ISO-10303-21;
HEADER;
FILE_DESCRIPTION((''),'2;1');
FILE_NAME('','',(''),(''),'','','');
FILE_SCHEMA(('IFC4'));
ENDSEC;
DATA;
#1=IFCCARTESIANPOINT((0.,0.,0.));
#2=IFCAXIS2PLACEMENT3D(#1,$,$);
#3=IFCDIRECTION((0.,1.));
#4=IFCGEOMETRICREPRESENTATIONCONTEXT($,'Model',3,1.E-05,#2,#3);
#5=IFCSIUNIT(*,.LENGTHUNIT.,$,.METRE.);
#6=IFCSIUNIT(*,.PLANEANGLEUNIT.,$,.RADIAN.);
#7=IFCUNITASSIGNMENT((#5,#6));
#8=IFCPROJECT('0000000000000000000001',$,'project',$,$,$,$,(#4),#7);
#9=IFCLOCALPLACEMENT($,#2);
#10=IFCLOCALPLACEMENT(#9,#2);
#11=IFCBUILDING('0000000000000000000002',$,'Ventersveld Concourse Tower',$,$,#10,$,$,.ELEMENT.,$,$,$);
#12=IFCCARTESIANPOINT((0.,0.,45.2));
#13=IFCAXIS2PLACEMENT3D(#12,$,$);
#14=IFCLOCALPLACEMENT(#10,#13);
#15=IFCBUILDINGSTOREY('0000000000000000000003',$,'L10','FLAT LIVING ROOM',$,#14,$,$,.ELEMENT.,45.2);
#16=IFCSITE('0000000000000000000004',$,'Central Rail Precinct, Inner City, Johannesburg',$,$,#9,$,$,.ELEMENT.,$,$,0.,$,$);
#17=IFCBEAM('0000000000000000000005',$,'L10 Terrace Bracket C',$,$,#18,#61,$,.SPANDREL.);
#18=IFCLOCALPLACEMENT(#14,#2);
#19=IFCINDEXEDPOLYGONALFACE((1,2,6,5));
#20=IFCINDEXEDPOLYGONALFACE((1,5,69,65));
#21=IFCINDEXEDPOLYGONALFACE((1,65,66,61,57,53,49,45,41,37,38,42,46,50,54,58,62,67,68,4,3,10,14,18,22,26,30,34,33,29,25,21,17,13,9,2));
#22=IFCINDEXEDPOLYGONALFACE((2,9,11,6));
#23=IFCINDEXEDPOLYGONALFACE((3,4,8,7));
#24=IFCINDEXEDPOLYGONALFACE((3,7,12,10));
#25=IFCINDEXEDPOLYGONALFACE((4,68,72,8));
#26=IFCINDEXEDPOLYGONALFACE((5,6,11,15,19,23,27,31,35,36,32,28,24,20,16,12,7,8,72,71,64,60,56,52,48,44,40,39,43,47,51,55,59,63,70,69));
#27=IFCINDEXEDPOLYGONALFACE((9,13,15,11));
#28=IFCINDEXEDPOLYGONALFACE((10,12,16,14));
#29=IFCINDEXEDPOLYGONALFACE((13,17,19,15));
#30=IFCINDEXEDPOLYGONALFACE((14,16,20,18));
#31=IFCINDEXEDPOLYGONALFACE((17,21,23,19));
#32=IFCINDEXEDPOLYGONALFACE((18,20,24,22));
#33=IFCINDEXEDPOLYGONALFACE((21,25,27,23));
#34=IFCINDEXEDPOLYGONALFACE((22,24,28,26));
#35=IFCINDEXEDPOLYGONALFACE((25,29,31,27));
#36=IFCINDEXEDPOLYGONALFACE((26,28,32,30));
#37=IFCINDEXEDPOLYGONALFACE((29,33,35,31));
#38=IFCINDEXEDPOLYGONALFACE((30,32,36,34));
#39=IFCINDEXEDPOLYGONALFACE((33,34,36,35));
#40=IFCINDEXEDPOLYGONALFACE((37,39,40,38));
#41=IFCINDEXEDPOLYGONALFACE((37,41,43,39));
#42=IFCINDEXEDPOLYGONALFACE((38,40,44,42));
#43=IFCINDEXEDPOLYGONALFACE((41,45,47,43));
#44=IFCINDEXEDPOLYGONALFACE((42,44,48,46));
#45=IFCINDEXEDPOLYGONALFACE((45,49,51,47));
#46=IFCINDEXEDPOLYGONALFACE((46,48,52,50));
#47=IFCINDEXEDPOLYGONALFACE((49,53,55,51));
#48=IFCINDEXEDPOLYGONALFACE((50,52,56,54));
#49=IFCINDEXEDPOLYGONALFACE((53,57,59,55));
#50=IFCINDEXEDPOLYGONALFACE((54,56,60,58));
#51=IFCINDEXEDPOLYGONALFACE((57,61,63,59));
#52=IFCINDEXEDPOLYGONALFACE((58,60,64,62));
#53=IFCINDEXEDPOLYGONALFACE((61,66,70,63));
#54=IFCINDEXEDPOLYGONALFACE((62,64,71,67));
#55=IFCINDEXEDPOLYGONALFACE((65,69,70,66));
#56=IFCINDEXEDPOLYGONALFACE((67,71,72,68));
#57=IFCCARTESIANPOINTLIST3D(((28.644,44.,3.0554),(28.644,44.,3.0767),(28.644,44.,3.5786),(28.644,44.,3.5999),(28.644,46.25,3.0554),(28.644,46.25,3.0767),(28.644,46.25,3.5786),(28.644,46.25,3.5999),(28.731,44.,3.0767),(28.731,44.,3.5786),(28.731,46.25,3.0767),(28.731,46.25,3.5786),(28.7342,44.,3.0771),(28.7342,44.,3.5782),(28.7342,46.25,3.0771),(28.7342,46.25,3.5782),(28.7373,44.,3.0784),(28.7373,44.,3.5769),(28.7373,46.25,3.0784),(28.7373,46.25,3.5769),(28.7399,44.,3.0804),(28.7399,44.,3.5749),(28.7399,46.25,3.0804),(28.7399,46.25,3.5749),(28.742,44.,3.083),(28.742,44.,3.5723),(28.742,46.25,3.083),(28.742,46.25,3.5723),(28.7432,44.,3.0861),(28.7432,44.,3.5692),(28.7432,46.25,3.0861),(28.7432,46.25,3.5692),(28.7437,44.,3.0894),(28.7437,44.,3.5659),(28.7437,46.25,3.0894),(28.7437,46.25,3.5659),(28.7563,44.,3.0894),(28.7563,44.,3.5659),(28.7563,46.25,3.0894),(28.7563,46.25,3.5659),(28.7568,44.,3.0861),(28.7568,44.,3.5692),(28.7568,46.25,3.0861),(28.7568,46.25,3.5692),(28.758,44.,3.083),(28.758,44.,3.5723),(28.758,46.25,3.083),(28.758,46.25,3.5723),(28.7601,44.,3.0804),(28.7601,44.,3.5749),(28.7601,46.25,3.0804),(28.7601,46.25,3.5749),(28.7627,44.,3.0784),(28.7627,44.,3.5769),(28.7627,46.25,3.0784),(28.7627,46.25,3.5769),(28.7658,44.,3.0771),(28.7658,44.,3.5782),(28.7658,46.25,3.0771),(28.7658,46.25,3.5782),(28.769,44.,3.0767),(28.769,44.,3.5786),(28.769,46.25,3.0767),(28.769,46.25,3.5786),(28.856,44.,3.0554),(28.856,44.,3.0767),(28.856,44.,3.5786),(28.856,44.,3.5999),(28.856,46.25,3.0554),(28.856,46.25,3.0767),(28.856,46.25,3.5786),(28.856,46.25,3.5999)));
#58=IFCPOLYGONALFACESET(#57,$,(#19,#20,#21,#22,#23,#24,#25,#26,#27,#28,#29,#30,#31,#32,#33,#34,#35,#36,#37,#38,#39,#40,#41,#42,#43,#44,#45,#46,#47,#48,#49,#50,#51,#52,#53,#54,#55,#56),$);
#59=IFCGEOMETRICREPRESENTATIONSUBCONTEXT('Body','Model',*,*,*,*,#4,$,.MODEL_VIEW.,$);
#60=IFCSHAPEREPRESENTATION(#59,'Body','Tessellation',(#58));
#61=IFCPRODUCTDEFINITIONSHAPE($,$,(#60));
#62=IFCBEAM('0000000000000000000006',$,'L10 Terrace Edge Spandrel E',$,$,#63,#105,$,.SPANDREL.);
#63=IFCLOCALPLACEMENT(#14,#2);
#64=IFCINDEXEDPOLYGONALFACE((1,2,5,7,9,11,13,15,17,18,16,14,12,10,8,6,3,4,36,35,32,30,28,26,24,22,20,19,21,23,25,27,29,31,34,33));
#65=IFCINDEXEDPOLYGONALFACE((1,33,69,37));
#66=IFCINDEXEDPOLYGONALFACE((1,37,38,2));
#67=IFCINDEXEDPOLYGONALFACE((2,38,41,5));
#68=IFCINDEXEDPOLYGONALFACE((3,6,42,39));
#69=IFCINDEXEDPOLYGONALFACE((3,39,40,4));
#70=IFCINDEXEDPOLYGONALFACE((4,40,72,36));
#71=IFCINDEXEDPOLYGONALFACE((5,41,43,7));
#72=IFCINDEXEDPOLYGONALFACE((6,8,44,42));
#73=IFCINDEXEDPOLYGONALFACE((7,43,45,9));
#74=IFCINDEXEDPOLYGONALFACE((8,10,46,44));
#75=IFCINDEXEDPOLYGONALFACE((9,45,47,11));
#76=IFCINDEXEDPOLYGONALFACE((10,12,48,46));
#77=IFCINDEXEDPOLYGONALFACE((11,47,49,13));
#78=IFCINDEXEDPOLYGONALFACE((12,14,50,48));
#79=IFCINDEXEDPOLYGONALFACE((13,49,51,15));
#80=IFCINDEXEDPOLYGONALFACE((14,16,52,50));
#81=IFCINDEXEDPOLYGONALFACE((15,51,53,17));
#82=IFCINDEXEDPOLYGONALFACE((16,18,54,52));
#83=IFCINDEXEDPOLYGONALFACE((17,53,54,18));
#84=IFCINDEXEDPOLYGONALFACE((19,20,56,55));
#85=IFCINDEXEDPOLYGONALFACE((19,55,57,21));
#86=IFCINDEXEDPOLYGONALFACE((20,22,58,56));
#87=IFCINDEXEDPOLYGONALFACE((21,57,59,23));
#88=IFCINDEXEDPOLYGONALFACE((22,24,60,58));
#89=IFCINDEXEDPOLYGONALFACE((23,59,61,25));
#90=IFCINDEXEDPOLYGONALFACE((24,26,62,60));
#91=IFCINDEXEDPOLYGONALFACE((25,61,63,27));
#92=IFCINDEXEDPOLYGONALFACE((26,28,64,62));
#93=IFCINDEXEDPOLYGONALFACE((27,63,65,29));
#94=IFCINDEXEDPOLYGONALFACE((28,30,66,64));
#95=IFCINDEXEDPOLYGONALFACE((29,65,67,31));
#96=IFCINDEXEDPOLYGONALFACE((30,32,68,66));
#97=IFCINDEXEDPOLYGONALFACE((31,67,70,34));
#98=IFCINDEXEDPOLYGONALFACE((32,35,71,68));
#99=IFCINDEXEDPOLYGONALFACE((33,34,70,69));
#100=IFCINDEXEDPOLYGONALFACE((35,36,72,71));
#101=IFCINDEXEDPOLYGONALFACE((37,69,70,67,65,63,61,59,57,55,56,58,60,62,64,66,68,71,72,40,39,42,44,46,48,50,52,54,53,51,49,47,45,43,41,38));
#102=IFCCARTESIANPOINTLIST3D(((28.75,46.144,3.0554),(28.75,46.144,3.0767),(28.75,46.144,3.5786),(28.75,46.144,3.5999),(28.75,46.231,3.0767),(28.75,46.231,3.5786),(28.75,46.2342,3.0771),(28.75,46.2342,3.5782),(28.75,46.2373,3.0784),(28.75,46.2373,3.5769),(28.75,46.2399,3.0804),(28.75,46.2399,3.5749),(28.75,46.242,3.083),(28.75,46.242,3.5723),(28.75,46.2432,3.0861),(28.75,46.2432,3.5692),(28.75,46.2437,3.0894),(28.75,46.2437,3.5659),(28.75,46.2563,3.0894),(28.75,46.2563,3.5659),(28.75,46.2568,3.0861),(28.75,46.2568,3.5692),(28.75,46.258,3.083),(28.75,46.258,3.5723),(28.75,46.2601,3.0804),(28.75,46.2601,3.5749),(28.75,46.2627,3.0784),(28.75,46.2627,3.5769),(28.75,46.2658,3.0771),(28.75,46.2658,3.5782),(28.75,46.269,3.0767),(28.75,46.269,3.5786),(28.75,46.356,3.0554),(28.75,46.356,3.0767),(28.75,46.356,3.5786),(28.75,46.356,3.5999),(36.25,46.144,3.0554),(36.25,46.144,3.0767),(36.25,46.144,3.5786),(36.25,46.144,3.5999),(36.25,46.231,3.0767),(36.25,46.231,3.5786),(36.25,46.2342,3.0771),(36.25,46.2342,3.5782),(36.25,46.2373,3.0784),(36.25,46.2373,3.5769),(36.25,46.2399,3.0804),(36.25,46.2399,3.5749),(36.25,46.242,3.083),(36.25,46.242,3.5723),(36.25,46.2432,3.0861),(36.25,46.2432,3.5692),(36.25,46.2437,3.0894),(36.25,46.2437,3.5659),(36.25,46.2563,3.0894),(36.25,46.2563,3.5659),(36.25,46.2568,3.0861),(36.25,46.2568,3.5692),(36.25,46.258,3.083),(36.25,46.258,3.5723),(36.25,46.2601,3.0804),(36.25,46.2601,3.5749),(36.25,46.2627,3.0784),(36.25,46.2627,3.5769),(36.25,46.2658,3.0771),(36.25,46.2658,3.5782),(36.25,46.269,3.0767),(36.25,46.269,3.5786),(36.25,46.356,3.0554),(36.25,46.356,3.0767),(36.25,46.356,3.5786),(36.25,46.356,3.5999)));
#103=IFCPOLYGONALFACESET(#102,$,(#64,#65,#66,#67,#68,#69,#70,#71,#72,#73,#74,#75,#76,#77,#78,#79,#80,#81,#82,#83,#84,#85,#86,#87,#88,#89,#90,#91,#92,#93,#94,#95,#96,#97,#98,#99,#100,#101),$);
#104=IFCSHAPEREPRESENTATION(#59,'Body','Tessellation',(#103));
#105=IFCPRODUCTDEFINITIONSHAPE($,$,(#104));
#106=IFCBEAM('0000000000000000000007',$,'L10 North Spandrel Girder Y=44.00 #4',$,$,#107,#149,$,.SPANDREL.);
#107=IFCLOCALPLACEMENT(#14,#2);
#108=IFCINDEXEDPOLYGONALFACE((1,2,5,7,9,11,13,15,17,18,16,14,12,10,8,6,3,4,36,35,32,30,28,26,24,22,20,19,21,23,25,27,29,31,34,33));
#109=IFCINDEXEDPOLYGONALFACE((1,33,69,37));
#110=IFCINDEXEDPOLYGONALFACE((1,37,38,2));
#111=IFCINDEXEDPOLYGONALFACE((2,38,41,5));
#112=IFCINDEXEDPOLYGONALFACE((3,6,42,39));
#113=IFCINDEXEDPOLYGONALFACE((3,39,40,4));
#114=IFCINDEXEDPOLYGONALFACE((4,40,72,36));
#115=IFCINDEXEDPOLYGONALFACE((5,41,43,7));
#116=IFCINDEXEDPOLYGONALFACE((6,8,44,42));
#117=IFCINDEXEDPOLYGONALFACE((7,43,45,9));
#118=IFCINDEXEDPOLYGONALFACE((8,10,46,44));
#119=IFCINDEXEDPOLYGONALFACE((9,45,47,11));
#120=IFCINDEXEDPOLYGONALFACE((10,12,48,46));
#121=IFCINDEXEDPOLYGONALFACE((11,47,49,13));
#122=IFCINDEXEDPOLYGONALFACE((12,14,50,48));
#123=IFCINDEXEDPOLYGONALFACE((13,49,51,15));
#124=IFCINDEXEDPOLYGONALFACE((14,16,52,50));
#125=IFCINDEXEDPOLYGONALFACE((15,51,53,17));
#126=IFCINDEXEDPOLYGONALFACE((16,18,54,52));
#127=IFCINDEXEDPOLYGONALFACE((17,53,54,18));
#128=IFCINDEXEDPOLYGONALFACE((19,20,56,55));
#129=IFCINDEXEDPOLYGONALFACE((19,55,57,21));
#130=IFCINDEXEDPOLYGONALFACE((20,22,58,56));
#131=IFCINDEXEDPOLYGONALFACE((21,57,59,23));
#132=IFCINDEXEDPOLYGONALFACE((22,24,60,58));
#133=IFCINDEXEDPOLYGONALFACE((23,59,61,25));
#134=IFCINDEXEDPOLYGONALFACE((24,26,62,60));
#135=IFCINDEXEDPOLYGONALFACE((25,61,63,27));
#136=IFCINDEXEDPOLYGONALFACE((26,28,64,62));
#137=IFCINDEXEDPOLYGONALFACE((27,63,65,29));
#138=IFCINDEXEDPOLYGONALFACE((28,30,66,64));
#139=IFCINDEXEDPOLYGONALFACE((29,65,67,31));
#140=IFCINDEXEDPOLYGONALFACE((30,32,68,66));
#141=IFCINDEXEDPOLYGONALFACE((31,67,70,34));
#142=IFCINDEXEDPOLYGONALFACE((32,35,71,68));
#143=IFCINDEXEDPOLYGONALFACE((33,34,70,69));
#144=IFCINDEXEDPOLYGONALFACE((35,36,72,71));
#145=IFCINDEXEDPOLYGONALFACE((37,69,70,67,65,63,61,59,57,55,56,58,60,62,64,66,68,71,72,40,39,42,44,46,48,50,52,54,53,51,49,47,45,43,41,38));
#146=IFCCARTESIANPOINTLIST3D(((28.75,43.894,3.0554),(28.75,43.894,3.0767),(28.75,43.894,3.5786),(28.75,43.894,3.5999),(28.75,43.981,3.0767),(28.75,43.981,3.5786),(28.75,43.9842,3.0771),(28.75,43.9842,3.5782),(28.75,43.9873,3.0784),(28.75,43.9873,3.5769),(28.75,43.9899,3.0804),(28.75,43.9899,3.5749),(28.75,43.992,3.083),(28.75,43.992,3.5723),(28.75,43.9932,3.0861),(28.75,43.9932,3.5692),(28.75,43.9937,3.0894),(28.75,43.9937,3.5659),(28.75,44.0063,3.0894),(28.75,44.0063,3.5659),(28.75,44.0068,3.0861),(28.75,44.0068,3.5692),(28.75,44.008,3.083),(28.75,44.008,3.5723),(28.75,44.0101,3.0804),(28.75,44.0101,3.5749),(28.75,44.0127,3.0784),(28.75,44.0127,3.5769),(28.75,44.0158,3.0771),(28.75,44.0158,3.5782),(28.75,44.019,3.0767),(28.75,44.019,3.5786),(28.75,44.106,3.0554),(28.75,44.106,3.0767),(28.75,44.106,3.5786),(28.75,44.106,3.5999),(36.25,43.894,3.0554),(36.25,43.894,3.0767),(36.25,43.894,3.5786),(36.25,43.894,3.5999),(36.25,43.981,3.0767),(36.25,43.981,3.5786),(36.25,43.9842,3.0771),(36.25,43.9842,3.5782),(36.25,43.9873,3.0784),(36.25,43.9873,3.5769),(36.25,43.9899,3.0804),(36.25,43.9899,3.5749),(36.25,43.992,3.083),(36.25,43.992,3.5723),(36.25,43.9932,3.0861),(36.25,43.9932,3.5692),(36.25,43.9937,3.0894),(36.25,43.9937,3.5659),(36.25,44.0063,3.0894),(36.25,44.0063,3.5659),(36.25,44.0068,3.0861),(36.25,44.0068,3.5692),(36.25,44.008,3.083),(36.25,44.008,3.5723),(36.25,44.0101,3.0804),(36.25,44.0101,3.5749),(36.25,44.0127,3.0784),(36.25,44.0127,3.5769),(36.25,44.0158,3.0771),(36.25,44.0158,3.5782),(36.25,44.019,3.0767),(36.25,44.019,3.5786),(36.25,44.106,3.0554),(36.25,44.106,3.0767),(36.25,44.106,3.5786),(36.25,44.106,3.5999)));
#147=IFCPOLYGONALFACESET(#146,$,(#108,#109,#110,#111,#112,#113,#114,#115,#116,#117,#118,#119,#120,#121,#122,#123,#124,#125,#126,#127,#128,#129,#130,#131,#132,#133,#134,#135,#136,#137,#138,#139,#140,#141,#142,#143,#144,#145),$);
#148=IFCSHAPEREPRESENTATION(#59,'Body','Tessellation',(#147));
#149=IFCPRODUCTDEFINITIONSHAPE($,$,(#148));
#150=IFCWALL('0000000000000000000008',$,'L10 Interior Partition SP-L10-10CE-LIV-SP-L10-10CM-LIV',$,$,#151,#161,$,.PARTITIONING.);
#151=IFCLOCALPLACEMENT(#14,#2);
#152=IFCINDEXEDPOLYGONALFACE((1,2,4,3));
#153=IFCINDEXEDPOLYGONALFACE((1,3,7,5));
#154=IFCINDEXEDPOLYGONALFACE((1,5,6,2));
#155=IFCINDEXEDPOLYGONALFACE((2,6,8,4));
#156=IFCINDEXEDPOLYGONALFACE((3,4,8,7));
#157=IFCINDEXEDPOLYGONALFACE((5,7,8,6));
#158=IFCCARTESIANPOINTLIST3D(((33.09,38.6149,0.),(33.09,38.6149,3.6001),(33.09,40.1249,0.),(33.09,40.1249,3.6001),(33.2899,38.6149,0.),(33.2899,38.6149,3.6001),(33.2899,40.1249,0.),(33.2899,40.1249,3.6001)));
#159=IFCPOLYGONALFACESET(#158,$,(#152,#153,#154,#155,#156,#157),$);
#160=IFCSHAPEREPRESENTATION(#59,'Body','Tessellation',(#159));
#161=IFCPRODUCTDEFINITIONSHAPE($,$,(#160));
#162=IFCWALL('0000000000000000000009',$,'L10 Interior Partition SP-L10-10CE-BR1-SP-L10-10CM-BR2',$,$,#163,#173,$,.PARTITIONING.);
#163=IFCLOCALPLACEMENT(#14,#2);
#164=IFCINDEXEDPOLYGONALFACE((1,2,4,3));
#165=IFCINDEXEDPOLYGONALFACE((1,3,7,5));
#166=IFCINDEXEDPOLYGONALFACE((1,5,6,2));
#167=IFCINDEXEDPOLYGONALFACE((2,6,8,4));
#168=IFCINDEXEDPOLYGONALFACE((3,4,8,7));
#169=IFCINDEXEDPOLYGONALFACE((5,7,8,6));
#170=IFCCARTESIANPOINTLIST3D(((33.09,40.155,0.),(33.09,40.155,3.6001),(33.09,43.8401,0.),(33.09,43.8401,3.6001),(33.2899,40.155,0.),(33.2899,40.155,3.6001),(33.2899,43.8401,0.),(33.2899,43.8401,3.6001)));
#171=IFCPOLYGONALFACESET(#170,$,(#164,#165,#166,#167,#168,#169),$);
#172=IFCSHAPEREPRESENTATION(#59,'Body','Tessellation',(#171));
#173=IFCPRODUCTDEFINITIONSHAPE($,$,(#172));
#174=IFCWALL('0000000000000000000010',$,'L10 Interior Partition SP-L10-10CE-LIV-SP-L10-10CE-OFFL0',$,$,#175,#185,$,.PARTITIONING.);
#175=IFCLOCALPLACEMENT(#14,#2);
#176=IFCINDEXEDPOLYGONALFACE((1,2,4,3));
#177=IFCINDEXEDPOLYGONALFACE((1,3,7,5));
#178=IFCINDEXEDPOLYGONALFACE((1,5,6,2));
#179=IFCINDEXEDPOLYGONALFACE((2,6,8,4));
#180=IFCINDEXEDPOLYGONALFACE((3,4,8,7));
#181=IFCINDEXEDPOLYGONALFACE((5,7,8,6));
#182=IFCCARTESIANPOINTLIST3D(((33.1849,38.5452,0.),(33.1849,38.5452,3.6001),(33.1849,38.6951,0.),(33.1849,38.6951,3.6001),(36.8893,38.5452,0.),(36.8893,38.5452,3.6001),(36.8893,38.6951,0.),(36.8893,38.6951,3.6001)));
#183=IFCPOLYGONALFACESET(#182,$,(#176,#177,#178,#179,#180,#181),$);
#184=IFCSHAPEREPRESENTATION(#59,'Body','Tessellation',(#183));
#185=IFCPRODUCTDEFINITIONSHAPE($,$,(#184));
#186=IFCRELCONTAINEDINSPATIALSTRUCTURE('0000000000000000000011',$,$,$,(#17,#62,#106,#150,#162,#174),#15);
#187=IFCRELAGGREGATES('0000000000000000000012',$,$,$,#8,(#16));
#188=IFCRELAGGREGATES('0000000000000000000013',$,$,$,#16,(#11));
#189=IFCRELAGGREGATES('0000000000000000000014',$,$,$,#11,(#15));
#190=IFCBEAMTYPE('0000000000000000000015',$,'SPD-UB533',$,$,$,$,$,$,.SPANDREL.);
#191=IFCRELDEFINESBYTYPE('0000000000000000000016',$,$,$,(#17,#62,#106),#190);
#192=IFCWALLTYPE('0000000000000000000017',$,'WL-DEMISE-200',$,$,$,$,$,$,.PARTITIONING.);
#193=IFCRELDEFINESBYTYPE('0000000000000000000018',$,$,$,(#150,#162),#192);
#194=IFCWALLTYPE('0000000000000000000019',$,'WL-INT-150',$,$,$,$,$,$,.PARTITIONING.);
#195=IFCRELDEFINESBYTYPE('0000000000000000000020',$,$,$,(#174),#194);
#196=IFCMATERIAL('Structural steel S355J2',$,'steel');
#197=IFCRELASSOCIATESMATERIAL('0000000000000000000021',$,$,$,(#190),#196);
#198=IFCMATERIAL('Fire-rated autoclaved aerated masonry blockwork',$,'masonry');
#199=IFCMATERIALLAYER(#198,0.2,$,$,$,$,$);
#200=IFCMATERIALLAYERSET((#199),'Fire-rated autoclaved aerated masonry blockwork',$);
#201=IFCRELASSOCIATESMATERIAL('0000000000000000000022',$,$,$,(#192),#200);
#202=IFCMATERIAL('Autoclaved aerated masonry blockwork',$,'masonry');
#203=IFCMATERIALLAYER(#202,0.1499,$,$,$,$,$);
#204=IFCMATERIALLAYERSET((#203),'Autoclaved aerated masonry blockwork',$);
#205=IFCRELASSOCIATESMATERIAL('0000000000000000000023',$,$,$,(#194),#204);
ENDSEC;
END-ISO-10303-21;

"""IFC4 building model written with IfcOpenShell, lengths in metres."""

from ifc_helpers import new_model, si_unit, direction, frame, frame_2d, origin, origin_2d, place, context, subcontext, project, spatial, rectangle, i_section, extrude, material, layer, layer_set, material_profile, profile_set, type_object, element, save


model = new_model("IFC4")

# Units and contexts
model_context = context("Model", 3, precision=1e-05, world=origin(), true_north=direction((0.0, 1.0)))
body_context = subcontext(model_context, "Body", "Model", "MODEL_VIEW")
ifc_project = project(units=[si_unit("LENGTHUNIT", "METRE"), si_unit("PLANEANGLEUNIT", "RADIAN")], contexts=[model_context])

# Site, building, storey
site_placement = place(None, origin())
site = spatial("IfcSite", under=ifc_project, at=site_placement, Name="Central Rail Precinct, Inner City, Johannesburg", CompositionType="ELEMENT", RefElevation=0.0)
building_placement = place(site_placement, origin())
building = spatial("IfcBuilding", under=site, at=building_placement, Name="Ventersveld Concourse Tower", CompositionType="ELEMENT")
storey_placement = place(building_placement, frame((0.0, 0.0, 45.2)))
storey = spatial("IfcBuildingStorey", under=building, at=storey_placement, Name="L10", Description="FLAT LIVING ROOM", CompositionType="ELEMENT", Elevation=45.2)

# Beams
ifc_material_1 = material(Name="Structural steel S355J2", Category="steel")
ifc_material_profile_1 = material_profile(ifc_material_1, i_section(OverallWidth=0.2119, OverallDepth=0.5444, WebThickness=0.0127, FlangeThickness=0.0212, FilletRadius=0.0127, at=origin_2d()), Name="UB 533x210x122")
ifc_profile_set_1 = profile_set([ifc_material_profile_1], Name="Structural steel S355J2")
beam_type_1 = type_object("IfcBeamType", Name="SPD-UB533", PredefinedType="SPANDREL", material=ifc_profile_set_1)
beam_placement = place(storey_placement, frame((28.75, 44.0, 3.3276), z_axis=(0.0, 1.0, 0.0), x_axis=(-1.0, 0.0, 0.0)))
element("IfcBeam", 1, at=beam_placement, inside=storey, type_object=beam_type_1, Name="L10 Terrace Bracket C", PredefinedType="SPANDREL", context=body_context, shape_type="SweptSolid", body=[
    extrude(i_section(OverallWidth=0.2119, OverallDepth=0.5444, WebThickness=0.0127, FlangeThickness=0.0212, FilletRadius=0.0127, at=origin_2d()), origin(), (0.0, 0.0, 1.0), 2.25),
])
for number, where, z_axis, x_axis, name in (
    (2, (28.75, 46.25, 3.3276), (1.0, 0.0, 0.0), (0.0, 1.0, 0.0), "L10 Terrace Edge Spandrel E"),
    (3, (28.75, 44.0, 3.3276), (1.0, 0.0, 0.0), (0.0, 1.0, 0.0), "L10 North Spandrel Girder Y=44.00 #4"),
):
    element("IfcBeam", number, at=place(storey_placement, frame(where, z_axis=z_axis, x_axis=x_axis)), inside=storey, type_object=beam_type_1, Name=name, PredefinedType="SPANDREL", context=body_context, shape_type="SweptSolid", body=[
        extrude(i_section(OverallWidth=0.2119, OverallDepth=0.5444, WebThickness=0.0127, FlangeThickness=0.0212, FilletRadius=0.0127, at=origin_2d()), origin(), (0.0, 0.0, 1.0), 7.5),
    ])

# Walls
ifc_material_2 = material(Name="Fire-rated autoclaved aerated masonry blockwork", Category="masonry")
ifc_layer_1 = layer(ifc_material_2, 0.2)
ifc_layer_set_1 = layer_set([ifc_layer_1], Name="Fire-rated autoclaved aerated masonry blockwork")
wall_type_1 = type_object("IfcWallType", Name="WL-DEMISE-200", PredefinedType="PARTITIONING", material=ifc_layer_set_1)
wall_1_placement = place(storey_placement, frame((33.1899, 38.615, 0.0), z_axis=(0.0, 0.0, 1.0), x_axis=(0.0, 1.0, 0.0)))
element("IfcWall", 4, at=wall_1_placement, inside=storey, type_object=wall_type_1, Name="L10 Interior Partition SP-L10-10CE-LIV-SP-L10-10CM-LIV", PredefinedType="PARTITIONING", context=body_context, shape_type="SweptSolid", body=[
    extrude(rectangle(XDim=1.51, YDim=0.2, at=frame_2d((0.7549, 0.0))), origin(), (0.0, 0.0, 1.0), 3.6001),
])
wall_2_placement = place(storey_placement, frame((33.1899, 40.155, 0.0), z_axis=(0.0, 0.0, 1.0), x_axis=(0.0, 1.0, 0.0)))
element("IfcWall", 5, at=wall_2_placement, inside=storey, type_object=wall_type_1, Name="L10 Interior Partition SP-L10-10CE-BR1-SP-L10-10CM-BR2", PredefinedType="PARTITIONING", context=body_context, shape_type="SweptSolid", body=[
    extrude(rectangle(XDim=3.6851, YDim=0.2, at=frame_2d((1.8425, 0.0))), origin(), (0.0, 0.0, 1.0), 3.6001),
])
ifc_material_3 = material(Name="Autoclaved aerated masonry blockwork", Category="masonry")
ifc_layer_2 = layer(ifc_material_3, 0.1499)
ifc_layer_set_2 = layer_set([ifc_layer_2], Name="Autoclaved aerated masonry blockwork")
wall_type_2 = type_object("IfcWallType", Name="WL-INT-150", PredefinedType="PARTITIONING", material=ifc_layer_set_2)
wall_3_placement = place(storey_placement, frame((33.1851, 38.6201, 0.0), z_axis=(0.0, 0.0, 1.0), x_axis=(1.0, 0.0, 0.0)))
element("IfcWall", 6, at=wall_3_placement, inside=storey, type_object=wall_type_2, Name="L10 Interior Partition SP-L10-10CE-LIV-SP-L10-10CE-OFFL0", PredefinedType="PARTITIONING", context=body_context, shape_type="SweptSolid", body=[
    extrude(rectangle(XDim=3.7043, YDim=0.1499, at=frame_2d((1.8521, 0.0))), origin(), (0.0, 0.0, 1.0), 3.6001),
])

save(model, "model.ifc")
